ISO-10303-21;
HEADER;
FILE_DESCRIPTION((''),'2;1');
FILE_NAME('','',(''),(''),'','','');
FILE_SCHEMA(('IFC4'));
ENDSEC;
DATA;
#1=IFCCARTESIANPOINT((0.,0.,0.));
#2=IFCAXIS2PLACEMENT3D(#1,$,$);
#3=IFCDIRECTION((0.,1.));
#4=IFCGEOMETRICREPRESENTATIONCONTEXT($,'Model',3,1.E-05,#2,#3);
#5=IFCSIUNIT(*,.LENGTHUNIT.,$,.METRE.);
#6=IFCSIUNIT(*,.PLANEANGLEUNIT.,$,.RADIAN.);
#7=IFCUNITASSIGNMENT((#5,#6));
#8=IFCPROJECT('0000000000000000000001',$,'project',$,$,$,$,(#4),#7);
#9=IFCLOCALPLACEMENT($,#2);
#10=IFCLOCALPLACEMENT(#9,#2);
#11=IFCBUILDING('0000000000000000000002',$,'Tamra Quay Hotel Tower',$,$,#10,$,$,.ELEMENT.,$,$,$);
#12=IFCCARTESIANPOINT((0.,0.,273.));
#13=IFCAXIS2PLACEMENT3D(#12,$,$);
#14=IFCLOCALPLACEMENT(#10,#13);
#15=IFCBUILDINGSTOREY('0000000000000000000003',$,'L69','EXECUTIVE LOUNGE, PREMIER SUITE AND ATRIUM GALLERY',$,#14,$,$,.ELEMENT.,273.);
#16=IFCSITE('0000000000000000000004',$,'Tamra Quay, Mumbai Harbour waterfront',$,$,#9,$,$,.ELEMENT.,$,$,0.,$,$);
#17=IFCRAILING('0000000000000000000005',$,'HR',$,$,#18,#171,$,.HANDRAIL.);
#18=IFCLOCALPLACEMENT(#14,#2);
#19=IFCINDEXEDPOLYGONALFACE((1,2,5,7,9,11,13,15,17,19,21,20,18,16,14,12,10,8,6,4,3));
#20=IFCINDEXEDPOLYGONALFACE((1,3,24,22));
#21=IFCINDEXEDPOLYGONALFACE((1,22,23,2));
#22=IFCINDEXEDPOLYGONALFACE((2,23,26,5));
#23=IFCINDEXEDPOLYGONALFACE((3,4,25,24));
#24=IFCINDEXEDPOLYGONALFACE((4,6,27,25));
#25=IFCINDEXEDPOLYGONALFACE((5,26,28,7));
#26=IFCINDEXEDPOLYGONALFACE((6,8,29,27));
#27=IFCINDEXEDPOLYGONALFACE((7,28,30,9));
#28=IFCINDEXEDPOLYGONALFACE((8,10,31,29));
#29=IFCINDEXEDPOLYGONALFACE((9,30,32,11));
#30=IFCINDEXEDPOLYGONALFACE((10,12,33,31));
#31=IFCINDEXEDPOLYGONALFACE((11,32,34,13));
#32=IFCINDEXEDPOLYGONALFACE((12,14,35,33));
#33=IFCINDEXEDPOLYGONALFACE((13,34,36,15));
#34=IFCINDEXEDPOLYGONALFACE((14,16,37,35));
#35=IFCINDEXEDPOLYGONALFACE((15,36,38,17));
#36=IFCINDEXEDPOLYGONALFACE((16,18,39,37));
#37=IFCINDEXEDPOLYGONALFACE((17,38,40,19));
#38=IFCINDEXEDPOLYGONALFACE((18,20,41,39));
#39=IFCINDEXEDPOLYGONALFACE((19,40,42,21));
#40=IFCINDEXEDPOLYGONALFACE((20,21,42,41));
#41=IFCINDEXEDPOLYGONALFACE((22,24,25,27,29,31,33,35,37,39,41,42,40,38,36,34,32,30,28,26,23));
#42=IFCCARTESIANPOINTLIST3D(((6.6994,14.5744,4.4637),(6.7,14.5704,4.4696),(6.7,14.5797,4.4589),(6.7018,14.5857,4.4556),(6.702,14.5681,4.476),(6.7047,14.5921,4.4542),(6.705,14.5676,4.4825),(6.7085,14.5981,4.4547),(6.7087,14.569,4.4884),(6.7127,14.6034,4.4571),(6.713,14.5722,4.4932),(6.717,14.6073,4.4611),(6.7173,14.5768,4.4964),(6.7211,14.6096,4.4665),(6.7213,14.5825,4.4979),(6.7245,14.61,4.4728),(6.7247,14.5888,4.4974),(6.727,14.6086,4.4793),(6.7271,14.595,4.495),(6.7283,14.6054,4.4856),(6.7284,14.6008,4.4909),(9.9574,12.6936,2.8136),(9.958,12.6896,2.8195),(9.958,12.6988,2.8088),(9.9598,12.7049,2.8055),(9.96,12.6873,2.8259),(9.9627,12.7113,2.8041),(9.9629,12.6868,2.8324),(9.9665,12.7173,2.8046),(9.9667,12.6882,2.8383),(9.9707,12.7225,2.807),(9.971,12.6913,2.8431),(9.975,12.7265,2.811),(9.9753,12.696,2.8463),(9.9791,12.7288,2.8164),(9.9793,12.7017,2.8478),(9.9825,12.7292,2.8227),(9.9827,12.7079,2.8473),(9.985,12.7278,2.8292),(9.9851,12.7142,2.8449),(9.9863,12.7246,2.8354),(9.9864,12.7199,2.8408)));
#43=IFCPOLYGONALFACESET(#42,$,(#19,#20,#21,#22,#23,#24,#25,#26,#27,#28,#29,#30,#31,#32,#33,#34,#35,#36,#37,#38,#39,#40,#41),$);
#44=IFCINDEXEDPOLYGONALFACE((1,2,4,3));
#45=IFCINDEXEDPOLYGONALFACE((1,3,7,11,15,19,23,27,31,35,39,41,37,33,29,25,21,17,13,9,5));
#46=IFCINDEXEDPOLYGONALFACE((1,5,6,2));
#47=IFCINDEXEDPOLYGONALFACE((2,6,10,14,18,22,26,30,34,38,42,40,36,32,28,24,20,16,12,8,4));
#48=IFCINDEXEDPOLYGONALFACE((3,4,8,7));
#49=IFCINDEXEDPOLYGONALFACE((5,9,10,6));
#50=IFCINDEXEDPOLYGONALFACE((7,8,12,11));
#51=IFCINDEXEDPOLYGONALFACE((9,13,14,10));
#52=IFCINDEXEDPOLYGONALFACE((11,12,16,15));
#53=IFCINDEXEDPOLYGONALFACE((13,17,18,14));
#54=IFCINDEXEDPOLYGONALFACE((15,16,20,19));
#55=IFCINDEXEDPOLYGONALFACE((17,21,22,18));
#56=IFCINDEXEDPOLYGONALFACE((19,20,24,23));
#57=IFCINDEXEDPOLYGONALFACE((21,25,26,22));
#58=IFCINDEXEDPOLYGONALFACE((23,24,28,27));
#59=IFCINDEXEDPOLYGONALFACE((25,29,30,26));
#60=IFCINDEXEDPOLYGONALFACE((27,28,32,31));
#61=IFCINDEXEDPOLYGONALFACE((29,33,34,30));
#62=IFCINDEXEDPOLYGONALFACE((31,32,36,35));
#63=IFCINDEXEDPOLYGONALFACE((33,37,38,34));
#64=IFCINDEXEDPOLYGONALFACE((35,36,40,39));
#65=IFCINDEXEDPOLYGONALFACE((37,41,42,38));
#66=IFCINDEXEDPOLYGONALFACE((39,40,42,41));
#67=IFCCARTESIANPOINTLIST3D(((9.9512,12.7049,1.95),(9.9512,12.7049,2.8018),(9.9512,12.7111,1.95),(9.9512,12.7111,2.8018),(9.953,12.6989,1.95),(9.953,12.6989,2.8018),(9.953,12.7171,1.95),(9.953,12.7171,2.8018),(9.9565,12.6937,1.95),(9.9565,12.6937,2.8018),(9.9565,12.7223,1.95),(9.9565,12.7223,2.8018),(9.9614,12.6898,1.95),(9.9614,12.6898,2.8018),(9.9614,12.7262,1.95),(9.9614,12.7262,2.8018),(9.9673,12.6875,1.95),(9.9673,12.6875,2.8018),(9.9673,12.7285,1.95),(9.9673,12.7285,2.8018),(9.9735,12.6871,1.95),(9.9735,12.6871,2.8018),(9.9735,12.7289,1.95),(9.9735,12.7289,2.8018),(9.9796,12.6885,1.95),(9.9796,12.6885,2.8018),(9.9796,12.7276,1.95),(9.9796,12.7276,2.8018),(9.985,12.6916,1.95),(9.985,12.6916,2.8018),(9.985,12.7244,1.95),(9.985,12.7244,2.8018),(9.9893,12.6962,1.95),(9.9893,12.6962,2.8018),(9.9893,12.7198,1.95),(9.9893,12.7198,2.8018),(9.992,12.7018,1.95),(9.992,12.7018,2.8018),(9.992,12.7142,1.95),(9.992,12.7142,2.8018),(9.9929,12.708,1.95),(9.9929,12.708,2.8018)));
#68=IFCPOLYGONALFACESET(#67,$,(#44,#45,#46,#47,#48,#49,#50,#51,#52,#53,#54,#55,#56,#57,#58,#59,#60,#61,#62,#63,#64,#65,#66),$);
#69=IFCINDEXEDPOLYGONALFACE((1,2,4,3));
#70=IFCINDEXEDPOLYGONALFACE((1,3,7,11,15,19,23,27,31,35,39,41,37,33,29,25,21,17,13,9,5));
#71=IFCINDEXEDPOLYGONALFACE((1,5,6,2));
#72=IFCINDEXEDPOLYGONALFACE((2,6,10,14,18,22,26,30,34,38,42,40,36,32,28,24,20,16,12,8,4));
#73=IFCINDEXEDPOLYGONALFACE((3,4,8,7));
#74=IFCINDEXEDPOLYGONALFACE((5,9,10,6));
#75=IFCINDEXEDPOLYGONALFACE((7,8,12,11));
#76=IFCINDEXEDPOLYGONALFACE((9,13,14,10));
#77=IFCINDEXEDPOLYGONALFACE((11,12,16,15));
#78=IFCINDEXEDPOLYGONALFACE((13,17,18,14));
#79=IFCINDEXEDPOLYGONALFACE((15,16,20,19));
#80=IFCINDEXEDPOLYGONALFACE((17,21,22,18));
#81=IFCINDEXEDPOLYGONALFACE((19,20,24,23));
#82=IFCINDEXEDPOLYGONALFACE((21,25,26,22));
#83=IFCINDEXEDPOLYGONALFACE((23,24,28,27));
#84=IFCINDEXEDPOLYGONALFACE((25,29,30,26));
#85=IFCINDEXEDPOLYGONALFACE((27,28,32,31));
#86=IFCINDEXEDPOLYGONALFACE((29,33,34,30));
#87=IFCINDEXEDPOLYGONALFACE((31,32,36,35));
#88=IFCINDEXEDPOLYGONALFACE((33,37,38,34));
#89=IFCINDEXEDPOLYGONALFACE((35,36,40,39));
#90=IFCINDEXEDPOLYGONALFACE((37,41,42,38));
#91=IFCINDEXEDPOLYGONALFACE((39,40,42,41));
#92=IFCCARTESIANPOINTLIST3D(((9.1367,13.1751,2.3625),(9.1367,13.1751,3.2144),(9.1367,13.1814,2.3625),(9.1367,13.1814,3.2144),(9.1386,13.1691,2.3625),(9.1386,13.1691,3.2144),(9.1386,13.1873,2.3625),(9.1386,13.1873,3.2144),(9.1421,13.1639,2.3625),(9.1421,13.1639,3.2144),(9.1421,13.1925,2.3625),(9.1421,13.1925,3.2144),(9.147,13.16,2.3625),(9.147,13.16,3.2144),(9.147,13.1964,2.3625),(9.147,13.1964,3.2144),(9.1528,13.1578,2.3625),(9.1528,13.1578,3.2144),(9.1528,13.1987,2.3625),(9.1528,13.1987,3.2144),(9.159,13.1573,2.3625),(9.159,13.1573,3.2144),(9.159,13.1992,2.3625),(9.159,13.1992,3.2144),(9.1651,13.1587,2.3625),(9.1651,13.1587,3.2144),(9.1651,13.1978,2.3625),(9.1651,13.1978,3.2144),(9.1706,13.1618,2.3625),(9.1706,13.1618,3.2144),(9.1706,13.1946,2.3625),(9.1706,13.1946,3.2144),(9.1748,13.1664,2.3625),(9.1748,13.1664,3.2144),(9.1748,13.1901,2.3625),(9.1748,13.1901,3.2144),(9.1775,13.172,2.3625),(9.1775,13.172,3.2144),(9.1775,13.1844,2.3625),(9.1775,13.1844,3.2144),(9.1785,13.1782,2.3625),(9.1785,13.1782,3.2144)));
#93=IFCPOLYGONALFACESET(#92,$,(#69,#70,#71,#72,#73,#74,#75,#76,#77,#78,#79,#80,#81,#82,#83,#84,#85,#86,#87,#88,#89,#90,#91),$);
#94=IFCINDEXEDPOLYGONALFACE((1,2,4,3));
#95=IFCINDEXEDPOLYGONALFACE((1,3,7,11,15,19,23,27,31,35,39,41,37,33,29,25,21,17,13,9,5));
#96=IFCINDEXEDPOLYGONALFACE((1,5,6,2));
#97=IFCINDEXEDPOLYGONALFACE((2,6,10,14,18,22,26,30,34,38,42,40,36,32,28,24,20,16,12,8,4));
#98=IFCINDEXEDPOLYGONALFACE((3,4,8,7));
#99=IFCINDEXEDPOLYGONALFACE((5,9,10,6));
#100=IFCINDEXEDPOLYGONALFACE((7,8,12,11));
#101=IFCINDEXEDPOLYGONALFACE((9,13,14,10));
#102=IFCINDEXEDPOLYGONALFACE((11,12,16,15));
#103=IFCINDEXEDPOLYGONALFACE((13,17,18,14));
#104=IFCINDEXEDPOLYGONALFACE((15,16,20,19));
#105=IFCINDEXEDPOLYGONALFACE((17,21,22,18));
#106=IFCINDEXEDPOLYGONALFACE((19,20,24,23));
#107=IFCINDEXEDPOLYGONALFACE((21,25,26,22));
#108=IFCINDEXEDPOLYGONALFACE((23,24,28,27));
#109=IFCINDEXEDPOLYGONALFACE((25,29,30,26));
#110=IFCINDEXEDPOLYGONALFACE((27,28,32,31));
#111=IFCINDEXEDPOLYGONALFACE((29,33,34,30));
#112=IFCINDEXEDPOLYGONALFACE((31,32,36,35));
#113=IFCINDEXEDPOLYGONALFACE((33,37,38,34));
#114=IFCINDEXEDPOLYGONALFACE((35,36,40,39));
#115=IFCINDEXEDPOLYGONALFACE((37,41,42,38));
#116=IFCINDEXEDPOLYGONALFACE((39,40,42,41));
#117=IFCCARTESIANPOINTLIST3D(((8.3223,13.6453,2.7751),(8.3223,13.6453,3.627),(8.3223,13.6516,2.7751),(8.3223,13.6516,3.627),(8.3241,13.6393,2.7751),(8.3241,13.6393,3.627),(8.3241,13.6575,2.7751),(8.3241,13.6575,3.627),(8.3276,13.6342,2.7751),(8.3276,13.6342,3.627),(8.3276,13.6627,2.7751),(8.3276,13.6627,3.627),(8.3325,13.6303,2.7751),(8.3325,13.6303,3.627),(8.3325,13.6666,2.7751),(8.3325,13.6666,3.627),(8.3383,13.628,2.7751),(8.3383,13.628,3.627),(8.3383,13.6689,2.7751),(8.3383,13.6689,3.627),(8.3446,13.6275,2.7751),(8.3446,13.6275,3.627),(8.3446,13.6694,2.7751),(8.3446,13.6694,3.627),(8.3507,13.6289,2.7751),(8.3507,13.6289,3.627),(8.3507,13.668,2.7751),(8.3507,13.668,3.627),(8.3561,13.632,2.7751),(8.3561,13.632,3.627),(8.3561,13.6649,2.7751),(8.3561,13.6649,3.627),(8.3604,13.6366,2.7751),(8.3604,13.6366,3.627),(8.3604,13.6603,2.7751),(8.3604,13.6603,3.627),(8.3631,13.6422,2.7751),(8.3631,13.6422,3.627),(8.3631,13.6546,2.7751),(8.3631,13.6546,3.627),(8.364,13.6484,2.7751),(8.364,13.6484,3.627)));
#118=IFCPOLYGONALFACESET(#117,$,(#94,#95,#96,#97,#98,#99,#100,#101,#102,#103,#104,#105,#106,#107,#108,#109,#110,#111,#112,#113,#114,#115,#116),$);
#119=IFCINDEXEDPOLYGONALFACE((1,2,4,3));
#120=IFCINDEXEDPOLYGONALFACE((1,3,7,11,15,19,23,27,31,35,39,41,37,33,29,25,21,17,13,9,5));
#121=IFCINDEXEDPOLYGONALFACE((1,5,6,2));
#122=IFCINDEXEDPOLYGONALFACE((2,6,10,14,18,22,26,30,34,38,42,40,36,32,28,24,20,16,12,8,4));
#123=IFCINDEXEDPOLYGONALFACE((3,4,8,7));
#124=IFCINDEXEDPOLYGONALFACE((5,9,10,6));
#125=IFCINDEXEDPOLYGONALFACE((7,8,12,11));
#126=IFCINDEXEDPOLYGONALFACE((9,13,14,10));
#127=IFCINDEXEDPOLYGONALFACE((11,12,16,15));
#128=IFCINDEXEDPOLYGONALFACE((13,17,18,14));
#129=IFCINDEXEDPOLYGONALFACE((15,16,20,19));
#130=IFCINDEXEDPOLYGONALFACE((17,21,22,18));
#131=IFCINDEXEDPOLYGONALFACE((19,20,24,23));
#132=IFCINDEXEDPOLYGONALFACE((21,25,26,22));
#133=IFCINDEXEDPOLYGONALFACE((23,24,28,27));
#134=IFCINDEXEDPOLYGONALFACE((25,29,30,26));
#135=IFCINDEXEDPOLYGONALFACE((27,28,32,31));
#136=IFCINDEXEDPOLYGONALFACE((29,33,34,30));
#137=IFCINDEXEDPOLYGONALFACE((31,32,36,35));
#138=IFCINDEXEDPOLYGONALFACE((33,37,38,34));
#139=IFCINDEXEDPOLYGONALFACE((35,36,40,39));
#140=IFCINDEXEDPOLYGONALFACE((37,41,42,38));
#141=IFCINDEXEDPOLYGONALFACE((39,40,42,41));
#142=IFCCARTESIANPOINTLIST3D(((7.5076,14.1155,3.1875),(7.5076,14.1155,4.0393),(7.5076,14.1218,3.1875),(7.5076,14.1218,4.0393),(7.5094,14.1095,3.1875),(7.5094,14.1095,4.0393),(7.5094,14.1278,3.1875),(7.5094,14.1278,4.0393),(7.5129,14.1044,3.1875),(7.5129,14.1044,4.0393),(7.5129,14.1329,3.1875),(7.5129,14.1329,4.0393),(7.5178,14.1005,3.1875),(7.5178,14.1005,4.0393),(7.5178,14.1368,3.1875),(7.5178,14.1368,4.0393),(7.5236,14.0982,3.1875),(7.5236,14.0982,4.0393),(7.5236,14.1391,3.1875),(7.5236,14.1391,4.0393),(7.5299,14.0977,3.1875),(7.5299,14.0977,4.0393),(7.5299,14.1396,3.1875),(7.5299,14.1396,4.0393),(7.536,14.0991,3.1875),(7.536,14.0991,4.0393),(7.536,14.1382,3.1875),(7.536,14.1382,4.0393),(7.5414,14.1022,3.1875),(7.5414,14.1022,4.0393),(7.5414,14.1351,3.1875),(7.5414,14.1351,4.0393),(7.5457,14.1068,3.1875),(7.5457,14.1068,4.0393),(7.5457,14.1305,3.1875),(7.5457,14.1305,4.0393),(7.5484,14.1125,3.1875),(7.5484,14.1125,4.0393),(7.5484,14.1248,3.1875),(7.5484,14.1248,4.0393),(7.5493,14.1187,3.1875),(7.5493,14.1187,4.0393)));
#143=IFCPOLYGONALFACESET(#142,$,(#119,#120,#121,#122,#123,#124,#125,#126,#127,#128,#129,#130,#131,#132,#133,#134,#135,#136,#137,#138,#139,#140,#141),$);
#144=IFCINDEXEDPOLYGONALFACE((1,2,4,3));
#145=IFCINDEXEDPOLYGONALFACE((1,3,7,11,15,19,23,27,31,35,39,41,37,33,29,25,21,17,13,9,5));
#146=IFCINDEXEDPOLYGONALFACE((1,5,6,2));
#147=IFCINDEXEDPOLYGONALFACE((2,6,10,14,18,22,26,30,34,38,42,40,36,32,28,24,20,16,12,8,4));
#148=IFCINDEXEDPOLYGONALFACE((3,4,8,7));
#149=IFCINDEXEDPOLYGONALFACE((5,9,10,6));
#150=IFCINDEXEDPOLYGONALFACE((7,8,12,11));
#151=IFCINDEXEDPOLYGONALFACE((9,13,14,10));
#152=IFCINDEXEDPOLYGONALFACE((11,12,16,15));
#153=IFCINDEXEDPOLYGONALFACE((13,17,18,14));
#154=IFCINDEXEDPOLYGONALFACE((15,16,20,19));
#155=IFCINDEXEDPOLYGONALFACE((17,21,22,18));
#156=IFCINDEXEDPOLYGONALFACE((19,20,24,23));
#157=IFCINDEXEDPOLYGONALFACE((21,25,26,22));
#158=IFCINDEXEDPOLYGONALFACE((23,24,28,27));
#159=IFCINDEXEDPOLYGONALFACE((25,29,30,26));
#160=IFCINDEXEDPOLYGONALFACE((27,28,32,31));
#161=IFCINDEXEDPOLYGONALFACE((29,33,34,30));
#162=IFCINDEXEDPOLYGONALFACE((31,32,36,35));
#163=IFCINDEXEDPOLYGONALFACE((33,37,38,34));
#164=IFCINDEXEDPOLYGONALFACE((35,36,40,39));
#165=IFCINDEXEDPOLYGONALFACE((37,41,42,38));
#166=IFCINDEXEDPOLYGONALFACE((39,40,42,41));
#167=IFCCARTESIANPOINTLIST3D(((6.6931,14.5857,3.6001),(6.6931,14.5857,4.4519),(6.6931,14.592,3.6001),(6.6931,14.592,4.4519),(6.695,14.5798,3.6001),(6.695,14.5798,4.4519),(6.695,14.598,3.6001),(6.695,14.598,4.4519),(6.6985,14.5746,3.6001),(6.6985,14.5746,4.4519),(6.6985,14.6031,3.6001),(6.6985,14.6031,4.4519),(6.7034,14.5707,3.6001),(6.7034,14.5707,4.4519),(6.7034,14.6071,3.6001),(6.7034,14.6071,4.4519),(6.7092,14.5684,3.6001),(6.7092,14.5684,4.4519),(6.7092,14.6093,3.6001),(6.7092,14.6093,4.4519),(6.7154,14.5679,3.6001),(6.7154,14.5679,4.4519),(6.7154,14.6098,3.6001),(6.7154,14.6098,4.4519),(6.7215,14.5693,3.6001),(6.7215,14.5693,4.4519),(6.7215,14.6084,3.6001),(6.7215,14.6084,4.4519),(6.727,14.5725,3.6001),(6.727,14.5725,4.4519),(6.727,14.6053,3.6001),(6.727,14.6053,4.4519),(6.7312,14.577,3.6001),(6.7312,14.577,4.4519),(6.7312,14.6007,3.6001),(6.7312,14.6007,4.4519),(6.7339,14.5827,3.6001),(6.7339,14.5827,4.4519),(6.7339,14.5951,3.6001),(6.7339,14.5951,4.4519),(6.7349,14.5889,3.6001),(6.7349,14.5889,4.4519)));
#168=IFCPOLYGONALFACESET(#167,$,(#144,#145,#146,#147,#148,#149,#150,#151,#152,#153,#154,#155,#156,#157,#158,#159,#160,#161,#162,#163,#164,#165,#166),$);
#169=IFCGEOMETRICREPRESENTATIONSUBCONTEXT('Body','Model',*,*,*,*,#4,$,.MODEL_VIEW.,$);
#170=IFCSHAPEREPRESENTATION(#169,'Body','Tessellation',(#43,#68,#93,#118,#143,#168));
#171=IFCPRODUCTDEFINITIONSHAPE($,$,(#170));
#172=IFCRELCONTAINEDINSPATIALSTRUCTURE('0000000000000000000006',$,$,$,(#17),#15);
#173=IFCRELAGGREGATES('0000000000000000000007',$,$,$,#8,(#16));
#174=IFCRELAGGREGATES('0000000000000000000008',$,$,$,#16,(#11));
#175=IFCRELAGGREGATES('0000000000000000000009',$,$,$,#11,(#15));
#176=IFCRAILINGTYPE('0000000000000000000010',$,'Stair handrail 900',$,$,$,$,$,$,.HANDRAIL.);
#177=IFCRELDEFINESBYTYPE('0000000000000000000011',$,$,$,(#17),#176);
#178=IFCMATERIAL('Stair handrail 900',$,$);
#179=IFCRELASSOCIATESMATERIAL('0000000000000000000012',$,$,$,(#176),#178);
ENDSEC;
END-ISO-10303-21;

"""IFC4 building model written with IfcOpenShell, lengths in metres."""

from ifc_helpers import new_model, si_unit, direction, frame, origin, origin_2d, place, context, subcontext, project, spatial, circle, extrude, material, type_object, element, save


model = new_model("IFC4")

# Units and contexts
model_context = context("Model", 3, precision=1e-05, world=origin(), true_north=direction((0.0, 1.0)))
body_context = subcontext(model_context, "Body", "Model", "MODEL_VIEW")
ifc_project = project(units=[si_unit("LENGTHUNIT", "METRE"), si_unit("PLANEANGLEUNIT", "RADIAN")], contexts=[model_context])

# Site, building, storey
site_placement = place(None, origin())
site = spatial("IfcSite", under=ifc_project, at=site_placement, Name="Tamra Quay, Mumbai Harbour waterfront", CompositionType="ELEMENT", RefElevation=0.0)
building_placement = place(site_placement, origin())
building = spatial("IfcBuilding", under=site, at=building_placement, Name="Tamra Quay Hotel Tower", CompositionType="ELEMENT")
storey_placement = place(building_placement, frame((0.0, 0.0, 273.0)))
storey = spatial("IfcBuildingStorey", under=building, at=storey_placement, Name="L69", Description="EXECUTIVE LOUNGE, PREMIER SUITE AND ATRIUM GALLERY", CompositionType="ELEMENT", Elevation=273.0)

# Railing
ifc_material_1 = material(Name="Stair handrail 900")
railing_type_1 = type_object("IfcRailingType", Name="Stair handrail 900", PredefinedType="HANDRAIL", material=ifc_material_1)
railing_1_placement = place(storey_placement, frame((9.9719, 12.708, 1.95)))
element("IfcRailing", 1, at=railing_1_placement, inside=storey, type_object=railing_type_1, Name="HR", PredefinedType="HANDRAIL", context=body_context, shape_type="SweptSolid", body=[
    extrude(circle(Radius=0.0239, at=origin_2d()), frame((0.0, 0.0, 0.876), z_axis=(-0.793103, 0.457854, 0.401692), x_axis=(-0.499964, -0.866046, 0.0)), (0.0, 0.0, 1.0), 4.1079),
    extrude(circle(Radius=0.021, at=origin_2d()), origin(), (0.0, 0.0, 1.0), 0.8518),
    extrude(circle(Radius=0.021, at=origin_2d()), frame((-0.8145, 0.4702, 0.4126)), (0.0, 0.0, 1.0), 0.8518),
    extrude(circle(Radius=0.021, at=origin_2d()), frame((-1.6289, 0.9404, 0.8252)), (0.0, 0.0, 1.0), 0.8518),
    extrude(circle(Radius=0.021, at=origin_2d()), frame((-2.4436, 1.4106, 1.2375)), (0.0, 0.0, 1.0), 0.8518),
    extrude(circle(Radius=0.021, at=origin_2d()), frame((-3.2581, 1.8809, 1.6501)), (0.0, 0.0, 1.0), 0.8518),
])

save(model, "model.ifc")
